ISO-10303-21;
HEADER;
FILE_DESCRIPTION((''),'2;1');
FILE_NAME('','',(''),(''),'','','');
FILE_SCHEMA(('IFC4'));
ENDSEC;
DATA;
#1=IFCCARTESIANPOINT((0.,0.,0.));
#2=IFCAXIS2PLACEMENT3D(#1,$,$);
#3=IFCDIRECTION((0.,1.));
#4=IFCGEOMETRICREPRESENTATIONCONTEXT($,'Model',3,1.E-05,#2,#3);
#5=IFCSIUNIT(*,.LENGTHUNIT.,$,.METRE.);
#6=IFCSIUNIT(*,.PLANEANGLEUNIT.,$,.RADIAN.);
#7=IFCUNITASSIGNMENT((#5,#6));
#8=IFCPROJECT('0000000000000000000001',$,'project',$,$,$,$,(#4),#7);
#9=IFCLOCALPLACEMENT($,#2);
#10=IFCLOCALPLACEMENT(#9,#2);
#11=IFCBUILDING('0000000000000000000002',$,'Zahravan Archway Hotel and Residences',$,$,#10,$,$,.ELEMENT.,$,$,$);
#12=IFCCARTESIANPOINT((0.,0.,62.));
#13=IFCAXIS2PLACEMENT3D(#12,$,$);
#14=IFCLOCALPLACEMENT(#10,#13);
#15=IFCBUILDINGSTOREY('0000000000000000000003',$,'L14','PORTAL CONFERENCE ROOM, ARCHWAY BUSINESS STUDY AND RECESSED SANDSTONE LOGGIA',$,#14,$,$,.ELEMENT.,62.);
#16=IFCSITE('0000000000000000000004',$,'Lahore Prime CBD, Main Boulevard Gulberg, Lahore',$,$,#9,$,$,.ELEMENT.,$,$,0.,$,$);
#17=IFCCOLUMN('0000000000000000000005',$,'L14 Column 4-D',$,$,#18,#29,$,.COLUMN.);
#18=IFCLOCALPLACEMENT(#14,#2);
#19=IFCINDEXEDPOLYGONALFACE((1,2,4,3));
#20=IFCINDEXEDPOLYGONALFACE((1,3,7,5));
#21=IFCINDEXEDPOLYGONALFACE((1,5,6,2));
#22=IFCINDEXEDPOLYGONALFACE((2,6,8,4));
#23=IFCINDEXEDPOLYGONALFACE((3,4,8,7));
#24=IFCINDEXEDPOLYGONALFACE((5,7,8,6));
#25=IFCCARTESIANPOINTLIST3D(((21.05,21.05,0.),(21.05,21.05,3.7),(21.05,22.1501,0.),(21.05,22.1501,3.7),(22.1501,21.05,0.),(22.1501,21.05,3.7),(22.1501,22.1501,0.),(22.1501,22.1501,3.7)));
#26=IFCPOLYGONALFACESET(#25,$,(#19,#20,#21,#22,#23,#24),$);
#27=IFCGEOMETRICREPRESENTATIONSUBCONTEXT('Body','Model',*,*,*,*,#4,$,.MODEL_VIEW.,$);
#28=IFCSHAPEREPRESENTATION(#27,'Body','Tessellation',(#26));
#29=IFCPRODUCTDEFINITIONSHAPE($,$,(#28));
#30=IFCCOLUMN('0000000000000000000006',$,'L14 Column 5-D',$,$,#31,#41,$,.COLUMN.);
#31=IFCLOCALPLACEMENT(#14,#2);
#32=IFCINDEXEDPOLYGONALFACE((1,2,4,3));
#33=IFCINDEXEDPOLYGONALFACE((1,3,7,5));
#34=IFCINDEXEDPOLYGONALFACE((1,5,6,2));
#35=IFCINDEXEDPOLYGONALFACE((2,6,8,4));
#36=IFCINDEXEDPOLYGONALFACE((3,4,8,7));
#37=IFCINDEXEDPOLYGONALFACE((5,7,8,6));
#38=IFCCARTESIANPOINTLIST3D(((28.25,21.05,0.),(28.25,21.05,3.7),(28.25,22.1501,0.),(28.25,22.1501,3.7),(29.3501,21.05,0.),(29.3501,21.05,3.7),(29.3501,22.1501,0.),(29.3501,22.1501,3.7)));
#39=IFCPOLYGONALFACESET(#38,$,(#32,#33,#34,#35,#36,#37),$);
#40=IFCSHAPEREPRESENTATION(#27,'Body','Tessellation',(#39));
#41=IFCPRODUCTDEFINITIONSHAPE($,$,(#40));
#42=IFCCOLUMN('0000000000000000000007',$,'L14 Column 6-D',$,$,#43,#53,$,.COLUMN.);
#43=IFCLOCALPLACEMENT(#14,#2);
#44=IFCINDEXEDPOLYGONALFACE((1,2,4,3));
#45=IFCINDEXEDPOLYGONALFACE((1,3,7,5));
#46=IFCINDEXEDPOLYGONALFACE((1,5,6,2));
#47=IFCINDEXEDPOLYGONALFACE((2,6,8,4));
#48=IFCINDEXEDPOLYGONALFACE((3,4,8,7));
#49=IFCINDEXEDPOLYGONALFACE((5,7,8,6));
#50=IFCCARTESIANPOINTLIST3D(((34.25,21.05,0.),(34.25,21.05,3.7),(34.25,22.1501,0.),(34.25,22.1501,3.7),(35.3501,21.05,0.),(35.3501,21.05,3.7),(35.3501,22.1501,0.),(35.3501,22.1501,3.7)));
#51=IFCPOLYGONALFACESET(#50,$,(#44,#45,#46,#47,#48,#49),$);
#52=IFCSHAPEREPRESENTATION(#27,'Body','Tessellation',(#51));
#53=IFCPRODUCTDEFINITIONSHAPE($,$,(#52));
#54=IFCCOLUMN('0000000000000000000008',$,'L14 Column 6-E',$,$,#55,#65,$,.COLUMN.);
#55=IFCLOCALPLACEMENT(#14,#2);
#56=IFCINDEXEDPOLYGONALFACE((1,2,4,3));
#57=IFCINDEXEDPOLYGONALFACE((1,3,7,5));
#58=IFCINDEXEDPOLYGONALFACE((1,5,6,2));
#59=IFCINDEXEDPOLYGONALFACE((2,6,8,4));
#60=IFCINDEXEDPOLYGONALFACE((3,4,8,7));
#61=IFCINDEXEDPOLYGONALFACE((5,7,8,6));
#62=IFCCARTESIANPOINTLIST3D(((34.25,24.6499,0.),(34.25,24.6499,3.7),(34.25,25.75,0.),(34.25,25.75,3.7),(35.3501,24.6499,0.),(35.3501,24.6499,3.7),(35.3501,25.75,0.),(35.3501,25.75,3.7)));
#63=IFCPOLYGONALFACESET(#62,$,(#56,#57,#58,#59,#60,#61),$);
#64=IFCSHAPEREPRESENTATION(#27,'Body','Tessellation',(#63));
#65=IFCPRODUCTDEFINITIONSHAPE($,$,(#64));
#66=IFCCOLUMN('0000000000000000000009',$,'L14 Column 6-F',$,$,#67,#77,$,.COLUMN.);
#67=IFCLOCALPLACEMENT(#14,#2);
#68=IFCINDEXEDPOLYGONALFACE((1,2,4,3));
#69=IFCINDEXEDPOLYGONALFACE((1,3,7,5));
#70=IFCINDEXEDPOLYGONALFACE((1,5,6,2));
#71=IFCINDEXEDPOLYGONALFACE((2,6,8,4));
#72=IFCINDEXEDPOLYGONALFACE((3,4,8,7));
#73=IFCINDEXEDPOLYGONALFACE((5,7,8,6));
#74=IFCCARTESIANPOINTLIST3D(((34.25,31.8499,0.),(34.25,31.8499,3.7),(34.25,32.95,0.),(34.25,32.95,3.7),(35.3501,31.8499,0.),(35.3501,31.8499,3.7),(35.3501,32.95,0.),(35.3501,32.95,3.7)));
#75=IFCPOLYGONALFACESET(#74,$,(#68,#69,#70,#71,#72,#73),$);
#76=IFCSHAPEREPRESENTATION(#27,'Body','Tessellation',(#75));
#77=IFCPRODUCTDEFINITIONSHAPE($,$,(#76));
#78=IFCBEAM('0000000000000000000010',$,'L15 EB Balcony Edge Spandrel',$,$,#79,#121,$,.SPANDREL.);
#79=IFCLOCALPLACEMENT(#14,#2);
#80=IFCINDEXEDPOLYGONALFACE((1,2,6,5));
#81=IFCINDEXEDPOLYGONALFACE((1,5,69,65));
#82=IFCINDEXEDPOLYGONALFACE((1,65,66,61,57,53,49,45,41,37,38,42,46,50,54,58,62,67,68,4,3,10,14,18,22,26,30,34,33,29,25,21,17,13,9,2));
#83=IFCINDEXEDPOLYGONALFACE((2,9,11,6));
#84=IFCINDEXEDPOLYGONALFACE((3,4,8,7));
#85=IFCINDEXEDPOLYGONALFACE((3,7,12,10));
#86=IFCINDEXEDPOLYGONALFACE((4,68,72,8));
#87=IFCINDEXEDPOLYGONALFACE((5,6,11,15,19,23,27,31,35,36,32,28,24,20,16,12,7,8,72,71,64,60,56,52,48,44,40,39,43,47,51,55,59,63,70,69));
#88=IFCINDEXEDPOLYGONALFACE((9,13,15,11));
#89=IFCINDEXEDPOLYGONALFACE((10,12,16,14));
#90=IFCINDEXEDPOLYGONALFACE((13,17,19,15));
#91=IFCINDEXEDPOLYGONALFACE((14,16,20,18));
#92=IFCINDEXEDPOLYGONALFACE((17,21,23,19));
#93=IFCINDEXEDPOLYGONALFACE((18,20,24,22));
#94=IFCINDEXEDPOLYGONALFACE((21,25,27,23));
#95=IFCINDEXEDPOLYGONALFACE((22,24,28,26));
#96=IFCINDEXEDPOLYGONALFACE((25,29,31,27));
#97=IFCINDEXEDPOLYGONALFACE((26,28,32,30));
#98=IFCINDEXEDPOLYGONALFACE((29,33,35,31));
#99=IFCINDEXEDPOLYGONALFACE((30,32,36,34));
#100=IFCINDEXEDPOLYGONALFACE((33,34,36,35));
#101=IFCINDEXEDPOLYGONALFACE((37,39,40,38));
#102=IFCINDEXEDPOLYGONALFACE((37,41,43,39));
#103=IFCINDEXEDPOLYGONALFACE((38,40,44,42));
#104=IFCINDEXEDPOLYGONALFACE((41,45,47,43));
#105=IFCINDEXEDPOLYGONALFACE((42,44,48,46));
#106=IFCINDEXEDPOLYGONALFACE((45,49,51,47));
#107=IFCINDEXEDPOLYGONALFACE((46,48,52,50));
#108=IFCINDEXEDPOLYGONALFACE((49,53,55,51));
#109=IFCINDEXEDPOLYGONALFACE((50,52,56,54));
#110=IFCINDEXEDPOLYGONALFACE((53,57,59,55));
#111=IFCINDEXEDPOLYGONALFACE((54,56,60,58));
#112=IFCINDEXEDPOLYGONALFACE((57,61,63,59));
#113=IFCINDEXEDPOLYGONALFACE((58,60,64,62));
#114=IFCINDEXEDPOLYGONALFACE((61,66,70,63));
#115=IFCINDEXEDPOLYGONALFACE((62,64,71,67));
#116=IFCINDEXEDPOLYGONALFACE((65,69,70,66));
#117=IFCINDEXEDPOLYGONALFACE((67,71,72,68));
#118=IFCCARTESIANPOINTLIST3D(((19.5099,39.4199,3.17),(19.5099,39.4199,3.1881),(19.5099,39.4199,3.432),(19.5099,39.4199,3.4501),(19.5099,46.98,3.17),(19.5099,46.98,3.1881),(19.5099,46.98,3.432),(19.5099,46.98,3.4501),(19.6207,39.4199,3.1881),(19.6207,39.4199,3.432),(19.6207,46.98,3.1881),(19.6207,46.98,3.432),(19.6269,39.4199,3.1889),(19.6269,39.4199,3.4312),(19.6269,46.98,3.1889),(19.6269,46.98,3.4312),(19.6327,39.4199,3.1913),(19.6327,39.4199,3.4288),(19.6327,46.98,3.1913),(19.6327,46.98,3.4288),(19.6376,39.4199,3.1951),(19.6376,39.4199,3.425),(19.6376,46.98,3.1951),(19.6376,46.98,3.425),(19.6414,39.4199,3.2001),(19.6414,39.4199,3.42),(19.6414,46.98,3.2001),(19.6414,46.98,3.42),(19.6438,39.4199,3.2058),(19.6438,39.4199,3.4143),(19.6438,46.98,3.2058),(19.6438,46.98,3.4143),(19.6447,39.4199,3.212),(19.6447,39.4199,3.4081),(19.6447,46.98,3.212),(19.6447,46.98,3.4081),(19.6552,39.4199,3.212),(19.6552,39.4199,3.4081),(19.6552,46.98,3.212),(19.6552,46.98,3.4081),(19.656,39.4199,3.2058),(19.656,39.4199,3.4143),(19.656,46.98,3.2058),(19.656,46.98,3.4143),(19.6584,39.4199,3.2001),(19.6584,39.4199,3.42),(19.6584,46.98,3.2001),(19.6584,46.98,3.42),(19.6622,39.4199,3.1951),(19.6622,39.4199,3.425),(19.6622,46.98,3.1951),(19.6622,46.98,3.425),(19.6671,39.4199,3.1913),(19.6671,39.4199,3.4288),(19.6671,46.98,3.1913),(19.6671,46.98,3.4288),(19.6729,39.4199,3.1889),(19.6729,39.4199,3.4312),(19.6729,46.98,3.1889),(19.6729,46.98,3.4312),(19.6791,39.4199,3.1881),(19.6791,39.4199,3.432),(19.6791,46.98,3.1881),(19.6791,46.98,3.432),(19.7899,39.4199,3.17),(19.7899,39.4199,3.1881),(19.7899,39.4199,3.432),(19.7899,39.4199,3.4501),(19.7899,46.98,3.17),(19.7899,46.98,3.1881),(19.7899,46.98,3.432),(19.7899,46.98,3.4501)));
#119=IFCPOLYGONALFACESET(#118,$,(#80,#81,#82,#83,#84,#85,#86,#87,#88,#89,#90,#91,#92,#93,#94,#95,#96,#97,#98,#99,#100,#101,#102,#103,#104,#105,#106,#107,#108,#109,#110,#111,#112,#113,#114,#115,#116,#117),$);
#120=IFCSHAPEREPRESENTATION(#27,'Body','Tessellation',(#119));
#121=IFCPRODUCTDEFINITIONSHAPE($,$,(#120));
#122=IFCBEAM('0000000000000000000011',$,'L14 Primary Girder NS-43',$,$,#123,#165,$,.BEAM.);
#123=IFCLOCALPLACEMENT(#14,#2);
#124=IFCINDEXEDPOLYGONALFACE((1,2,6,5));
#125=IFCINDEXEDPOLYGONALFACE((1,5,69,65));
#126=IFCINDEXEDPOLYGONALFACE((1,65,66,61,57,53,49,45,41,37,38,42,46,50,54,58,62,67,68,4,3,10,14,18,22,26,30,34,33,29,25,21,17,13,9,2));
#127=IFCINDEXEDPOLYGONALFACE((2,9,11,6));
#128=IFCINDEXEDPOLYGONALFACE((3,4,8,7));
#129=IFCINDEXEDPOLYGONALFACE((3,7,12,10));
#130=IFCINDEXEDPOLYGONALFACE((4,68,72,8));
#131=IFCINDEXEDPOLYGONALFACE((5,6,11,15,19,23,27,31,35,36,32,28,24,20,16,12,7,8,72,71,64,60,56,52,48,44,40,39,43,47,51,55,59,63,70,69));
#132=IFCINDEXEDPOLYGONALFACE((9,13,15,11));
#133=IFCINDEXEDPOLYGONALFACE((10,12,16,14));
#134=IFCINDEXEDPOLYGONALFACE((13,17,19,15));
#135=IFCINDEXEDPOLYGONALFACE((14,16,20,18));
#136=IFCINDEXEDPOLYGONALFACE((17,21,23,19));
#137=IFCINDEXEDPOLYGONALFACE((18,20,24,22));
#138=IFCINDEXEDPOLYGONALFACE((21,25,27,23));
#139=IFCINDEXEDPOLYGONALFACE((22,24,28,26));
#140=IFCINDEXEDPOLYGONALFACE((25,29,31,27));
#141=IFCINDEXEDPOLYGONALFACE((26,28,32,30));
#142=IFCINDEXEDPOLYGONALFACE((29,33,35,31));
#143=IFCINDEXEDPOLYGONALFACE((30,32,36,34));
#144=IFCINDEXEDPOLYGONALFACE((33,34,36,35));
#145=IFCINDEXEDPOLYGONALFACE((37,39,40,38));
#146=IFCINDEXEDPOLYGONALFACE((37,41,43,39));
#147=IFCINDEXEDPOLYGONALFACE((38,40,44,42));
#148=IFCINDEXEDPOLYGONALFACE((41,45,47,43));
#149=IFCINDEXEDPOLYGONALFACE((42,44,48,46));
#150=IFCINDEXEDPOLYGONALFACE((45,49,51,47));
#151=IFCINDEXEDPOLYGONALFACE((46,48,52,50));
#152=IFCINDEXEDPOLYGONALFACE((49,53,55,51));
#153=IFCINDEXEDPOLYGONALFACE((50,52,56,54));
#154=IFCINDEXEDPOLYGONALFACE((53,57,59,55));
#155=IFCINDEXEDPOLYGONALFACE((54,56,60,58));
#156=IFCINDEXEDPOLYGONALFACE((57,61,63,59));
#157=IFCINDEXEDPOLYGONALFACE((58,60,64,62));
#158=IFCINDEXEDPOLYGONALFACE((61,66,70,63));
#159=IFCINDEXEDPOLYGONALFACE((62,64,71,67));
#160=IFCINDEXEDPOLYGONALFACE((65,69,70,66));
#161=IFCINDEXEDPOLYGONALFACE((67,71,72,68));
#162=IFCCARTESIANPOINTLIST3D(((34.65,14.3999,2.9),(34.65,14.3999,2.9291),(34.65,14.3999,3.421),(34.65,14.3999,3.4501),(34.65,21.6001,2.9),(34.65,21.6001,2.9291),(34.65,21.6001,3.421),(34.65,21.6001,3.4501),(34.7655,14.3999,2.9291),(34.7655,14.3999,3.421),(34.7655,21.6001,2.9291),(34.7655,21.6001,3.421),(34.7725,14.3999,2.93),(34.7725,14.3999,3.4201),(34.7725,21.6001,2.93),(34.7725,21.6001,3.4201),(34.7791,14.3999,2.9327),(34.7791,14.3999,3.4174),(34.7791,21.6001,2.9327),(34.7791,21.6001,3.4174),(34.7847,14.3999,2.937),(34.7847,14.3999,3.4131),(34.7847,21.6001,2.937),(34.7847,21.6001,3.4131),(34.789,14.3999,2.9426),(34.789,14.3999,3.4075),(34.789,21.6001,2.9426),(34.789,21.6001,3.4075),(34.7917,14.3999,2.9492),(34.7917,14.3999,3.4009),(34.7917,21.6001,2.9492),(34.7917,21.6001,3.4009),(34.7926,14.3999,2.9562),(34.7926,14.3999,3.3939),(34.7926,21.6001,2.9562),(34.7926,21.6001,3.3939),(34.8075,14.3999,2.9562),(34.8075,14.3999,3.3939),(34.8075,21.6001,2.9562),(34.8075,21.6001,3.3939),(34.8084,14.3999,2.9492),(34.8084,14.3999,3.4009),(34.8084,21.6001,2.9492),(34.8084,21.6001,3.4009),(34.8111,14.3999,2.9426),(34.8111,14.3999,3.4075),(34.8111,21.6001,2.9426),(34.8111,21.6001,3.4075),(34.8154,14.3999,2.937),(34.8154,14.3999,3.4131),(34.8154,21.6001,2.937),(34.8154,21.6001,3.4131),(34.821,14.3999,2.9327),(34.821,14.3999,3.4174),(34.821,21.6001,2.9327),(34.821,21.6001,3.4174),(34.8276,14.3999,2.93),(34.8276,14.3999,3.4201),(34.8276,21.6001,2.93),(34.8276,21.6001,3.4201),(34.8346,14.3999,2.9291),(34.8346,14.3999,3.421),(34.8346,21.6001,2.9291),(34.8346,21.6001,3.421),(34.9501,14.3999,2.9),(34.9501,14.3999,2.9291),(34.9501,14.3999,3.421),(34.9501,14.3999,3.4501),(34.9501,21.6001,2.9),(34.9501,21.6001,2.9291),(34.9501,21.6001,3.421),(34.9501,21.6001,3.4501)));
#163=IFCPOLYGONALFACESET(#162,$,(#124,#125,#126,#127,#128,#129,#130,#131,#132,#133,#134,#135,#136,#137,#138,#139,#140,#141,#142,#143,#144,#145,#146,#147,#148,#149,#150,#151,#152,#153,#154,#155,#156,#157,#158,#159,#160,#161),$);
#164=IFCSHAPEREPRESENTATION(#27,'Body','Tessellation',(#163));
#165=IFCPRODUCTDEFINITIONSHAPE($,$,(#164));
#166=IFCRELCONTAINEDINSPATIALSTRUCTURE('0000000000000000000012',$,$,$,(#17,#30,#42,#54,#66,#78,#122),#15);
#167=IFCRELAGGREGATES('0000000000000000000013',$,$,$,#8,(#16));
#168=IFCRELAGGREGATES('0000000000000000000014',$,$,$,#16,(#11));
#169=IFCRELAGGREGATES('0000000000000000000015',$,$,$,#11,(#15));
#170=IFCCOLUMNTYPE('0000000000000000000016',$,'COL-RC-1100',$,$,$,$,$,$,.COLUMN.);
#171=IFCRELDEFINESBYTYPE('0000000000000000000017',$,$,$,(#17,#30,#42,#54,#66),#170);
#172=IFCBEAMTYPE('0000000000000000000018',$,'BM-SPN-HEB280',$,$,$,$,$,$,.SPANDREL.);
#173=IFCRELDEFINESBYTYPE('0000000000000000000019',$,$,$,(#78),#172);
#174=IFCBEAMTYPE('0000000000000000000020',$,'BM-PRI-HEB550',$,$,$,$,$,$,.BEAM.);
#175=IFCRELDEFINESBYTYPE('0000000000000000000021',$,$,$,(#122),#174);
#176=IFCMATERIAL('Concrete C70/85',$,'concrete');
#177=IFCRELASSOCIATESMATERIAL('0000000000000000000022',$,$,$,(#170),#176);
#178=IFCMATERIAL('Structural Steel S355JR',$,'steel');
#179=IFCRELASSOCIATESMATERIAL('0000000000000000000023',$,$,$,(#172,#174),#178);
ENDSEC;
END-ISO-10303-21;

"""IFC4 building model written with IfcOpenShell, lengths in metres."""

from ifc_helpers import new_model, si_unit, direction, frame, origin, origin_2d, place, context, subcontext, project, spatial, rectangle, i_section, extrude, source, transform, mapped, material, material_profile, profile_set, type_object, type_shapes, element, save


model = new_model("IFC4")

# Units and contexts
model_context = context("Model", 3, precision=1e-05, world=origin(), true_north=direction((0.0, 1.0)))
body_context = subcontext(model_context, "Body", "Model", "MODEL_VIEW")
ifc_project = project(units=[si_unit("LENGTHUNIT", "METRE"), si_unit("PLANEANGLEUNIT", "RADIAN")], contexts=[model_context])

# Site, building, storey
site_placement = place(None, origin())
site = spatial("IfcSite", under=ifc_project, at=site_placement, Name="Lahore Prime CBD, Main Boulevard Gulberg, Lahore", CompositionType="ELEMENT", RefElevation=0.0)
building_placement = place(site_placement, origin())
building = spatial("IfcBuilding", under=site, at=building_placement, Name="Zahravan Archway Hotel and Residences", CompositionType="ELEMENT")
storey_placement = place(building_placement, frame((0.0, 0.0, 62.0)))
storey = spatial("IfcBuildingStorey", under=building, at=storey_placement, Name="L14", Description="PORTAL CONFERENCE ROOM, ARCHWAY BUSINESS STUDY AND RECESSED SANDSTONE LOGGIA", CompositionType="ELEMENT", Elevation=62.0)

# Columns
ifc_material_1 = material(Name="Concrete C70/85", Category="concrete")
ifc_material_profile_1 = material_profile(ifc_material_1, rectangle(XDim=1.1001, YDim=1.1001, at=origin_2d()), Name="RC 1100x1100", Category="concrete")
ifc_profile_set_1 = profile_set([ifc_material_profile_1], Name="Concrete C70/85")
column_type = type_object("IfcColumnType", Name="COL-RC-1100", PredefinedType="COLUMN", material=ifc_profile_set_1)
shared_shape_1 = source(origin(), body_context, "Body", "SweptSolid", [
    extrude(rectangle(XDim=1.1001, YDim=1.1001, at=origin_2d()), origin(), (0.0, 0.0, 1.0), 3.7),
])
for number, where, z_axis, x_axis, name in (
    (1, (21.6001, 21.6001, 0.0), (0.0, 0.0, 1.0), (1.0, 0.0, 0.0), "L14 Column 4-D"),
    (2, (28.8, 21.6001, 0.0), (0.0, 0.0, 1.0), (1.0, 0.0, 0.0), "L14 Column 5-D"),
    (3, (34.8, 21.6001, 0.0), (0.0, 0.0, 1.0), (1.0, 0.0, 0.0), "L14 Column 6-D"),
    (4, (34.8, 25.2, 0.0), (0.0, 0.0, 1.0), (1.0, 0.0, 0.0), "L14 Column 6-E"),
    (5, (34.8, 32.3999, 0.0), (0.0, 0.0, 1.0), (1.0, 0.0, 0.0), "L14 Column 6-F"),
):
    element("IfcColumn", number, at=place(storey_placement, frame(where, z_axis=z_axis, x_axis=x_axis)), inside=storey, type_object=column_type, Name=name, PredefinedType="COLUMN", context=body_context, shape_type="MappedRepresentation", body=[
        mapped(shared_shape_1, transform((0.0, 0.0, 0.0), scale=1.0)),
    ])

# Beams
ifc_material_2 = material(Name="Structural Steel S355JR", Category="steel")
ifc_material_profile_2 = material_profile(ifc_material_2, i_section(OverallWidth=0.28, OverallDepth=0.28, WebThickness=0.0105, FlangeThickness=0.0181, FilletRadius=0.0239, at=origin_2d()), Name="HEB 280", Category="steel")
ifc_profile_set_2 = profile_set([ifc_material_profile_2], Name="Structural Steel S355JR")
beam_type_1 = type_object("IfcBeamType", Name="BM-SPN-HEB280", PredefinedType="SPANDREL", material=ifc_profile_set_2)
shared_shape_2 = source(origin(), body_context, "Body", "SweptSolid", [
    extrude(i_section(OverallWidth=0.28, OverallDepth=0.28, WebThickness=0.0105, FlangeThickness=0.0181, FilletRadius=0.0239, at=origin_2d()), origin(), (0.0, 0.0, 1.0), 7.5601),
])
type_shapes(beam_type_1, [shared_shape_2])
beam_1_placement = place(storey_placement, frame((19.6499, 39.4199, 3.3101), z_axis=(0.0, 1.0, 0.0), x_axis=(-1.0, 0.0, 0.0)))
element("IfcBeam", 6, at=beam_1_placement, inside=storey, type_object=beam_type_1, Name="L15 EB Balcony Edge Spandrel", PredefinedType="SPANDREL", context=body_context, shape_type="MappedRepresentation", body=[
    mapped(shared_shape_2, transform((0.0, 0.0, 0.0), scale=1.0)),
])
ifc_material_profile_3 = material_profile(ifc_material_2, i_section(OverallWidth=0.3, OverallDepth=0.55, WebThickness=0.0149, FlangeThickness=0.0291, FilletRadius=0.0271, at=origin_2d()), Name="HEB 550", Category="steel")
ifc_profile_set_3 = profile_set([ifc_material_profile_3], Name="Structural Steel S355JR")
beam_type_2 = type_object("IfcBeamType", Name="BM-PRI-HEB550", PredefinedType="BEAM", material=ifc_profile_set_3)
shared_shape_3 = source(origin(), body_context, "Body", "SweptSolid", [
    extrude(i_section(OverallWidth=0.3, OverallDepth=0.55, WebThickness=0.0149, FlangeThickness=0.0291, FilletRadius=0.0271, at=origin_2d()), origin(), (0.0, 0.0, 1.0), 7.2002),
])
type_shapes(beam_type_2, [shared_shape_3])
beam_2_placement = place(storey_placement, frame((34.8, 14.3999, 3.175), z_axis=(0.0, 1.0, 0.0), x_axis=(-1.0, 0.0, 0.0)))
element("IfcBeam", 7, at=beam_2_placement, inside=storey, type_object=beam_type_2, Name="L14 Primary Girder NS-43", PredefinedType="BEAM", context=body_context, shape_type="MappedRepresentation", body=[
    mapped(shared_shape_3, transform((0.0, 0.0, 0.0), scale=1.0)),
])

save(model, "model.ifc")
